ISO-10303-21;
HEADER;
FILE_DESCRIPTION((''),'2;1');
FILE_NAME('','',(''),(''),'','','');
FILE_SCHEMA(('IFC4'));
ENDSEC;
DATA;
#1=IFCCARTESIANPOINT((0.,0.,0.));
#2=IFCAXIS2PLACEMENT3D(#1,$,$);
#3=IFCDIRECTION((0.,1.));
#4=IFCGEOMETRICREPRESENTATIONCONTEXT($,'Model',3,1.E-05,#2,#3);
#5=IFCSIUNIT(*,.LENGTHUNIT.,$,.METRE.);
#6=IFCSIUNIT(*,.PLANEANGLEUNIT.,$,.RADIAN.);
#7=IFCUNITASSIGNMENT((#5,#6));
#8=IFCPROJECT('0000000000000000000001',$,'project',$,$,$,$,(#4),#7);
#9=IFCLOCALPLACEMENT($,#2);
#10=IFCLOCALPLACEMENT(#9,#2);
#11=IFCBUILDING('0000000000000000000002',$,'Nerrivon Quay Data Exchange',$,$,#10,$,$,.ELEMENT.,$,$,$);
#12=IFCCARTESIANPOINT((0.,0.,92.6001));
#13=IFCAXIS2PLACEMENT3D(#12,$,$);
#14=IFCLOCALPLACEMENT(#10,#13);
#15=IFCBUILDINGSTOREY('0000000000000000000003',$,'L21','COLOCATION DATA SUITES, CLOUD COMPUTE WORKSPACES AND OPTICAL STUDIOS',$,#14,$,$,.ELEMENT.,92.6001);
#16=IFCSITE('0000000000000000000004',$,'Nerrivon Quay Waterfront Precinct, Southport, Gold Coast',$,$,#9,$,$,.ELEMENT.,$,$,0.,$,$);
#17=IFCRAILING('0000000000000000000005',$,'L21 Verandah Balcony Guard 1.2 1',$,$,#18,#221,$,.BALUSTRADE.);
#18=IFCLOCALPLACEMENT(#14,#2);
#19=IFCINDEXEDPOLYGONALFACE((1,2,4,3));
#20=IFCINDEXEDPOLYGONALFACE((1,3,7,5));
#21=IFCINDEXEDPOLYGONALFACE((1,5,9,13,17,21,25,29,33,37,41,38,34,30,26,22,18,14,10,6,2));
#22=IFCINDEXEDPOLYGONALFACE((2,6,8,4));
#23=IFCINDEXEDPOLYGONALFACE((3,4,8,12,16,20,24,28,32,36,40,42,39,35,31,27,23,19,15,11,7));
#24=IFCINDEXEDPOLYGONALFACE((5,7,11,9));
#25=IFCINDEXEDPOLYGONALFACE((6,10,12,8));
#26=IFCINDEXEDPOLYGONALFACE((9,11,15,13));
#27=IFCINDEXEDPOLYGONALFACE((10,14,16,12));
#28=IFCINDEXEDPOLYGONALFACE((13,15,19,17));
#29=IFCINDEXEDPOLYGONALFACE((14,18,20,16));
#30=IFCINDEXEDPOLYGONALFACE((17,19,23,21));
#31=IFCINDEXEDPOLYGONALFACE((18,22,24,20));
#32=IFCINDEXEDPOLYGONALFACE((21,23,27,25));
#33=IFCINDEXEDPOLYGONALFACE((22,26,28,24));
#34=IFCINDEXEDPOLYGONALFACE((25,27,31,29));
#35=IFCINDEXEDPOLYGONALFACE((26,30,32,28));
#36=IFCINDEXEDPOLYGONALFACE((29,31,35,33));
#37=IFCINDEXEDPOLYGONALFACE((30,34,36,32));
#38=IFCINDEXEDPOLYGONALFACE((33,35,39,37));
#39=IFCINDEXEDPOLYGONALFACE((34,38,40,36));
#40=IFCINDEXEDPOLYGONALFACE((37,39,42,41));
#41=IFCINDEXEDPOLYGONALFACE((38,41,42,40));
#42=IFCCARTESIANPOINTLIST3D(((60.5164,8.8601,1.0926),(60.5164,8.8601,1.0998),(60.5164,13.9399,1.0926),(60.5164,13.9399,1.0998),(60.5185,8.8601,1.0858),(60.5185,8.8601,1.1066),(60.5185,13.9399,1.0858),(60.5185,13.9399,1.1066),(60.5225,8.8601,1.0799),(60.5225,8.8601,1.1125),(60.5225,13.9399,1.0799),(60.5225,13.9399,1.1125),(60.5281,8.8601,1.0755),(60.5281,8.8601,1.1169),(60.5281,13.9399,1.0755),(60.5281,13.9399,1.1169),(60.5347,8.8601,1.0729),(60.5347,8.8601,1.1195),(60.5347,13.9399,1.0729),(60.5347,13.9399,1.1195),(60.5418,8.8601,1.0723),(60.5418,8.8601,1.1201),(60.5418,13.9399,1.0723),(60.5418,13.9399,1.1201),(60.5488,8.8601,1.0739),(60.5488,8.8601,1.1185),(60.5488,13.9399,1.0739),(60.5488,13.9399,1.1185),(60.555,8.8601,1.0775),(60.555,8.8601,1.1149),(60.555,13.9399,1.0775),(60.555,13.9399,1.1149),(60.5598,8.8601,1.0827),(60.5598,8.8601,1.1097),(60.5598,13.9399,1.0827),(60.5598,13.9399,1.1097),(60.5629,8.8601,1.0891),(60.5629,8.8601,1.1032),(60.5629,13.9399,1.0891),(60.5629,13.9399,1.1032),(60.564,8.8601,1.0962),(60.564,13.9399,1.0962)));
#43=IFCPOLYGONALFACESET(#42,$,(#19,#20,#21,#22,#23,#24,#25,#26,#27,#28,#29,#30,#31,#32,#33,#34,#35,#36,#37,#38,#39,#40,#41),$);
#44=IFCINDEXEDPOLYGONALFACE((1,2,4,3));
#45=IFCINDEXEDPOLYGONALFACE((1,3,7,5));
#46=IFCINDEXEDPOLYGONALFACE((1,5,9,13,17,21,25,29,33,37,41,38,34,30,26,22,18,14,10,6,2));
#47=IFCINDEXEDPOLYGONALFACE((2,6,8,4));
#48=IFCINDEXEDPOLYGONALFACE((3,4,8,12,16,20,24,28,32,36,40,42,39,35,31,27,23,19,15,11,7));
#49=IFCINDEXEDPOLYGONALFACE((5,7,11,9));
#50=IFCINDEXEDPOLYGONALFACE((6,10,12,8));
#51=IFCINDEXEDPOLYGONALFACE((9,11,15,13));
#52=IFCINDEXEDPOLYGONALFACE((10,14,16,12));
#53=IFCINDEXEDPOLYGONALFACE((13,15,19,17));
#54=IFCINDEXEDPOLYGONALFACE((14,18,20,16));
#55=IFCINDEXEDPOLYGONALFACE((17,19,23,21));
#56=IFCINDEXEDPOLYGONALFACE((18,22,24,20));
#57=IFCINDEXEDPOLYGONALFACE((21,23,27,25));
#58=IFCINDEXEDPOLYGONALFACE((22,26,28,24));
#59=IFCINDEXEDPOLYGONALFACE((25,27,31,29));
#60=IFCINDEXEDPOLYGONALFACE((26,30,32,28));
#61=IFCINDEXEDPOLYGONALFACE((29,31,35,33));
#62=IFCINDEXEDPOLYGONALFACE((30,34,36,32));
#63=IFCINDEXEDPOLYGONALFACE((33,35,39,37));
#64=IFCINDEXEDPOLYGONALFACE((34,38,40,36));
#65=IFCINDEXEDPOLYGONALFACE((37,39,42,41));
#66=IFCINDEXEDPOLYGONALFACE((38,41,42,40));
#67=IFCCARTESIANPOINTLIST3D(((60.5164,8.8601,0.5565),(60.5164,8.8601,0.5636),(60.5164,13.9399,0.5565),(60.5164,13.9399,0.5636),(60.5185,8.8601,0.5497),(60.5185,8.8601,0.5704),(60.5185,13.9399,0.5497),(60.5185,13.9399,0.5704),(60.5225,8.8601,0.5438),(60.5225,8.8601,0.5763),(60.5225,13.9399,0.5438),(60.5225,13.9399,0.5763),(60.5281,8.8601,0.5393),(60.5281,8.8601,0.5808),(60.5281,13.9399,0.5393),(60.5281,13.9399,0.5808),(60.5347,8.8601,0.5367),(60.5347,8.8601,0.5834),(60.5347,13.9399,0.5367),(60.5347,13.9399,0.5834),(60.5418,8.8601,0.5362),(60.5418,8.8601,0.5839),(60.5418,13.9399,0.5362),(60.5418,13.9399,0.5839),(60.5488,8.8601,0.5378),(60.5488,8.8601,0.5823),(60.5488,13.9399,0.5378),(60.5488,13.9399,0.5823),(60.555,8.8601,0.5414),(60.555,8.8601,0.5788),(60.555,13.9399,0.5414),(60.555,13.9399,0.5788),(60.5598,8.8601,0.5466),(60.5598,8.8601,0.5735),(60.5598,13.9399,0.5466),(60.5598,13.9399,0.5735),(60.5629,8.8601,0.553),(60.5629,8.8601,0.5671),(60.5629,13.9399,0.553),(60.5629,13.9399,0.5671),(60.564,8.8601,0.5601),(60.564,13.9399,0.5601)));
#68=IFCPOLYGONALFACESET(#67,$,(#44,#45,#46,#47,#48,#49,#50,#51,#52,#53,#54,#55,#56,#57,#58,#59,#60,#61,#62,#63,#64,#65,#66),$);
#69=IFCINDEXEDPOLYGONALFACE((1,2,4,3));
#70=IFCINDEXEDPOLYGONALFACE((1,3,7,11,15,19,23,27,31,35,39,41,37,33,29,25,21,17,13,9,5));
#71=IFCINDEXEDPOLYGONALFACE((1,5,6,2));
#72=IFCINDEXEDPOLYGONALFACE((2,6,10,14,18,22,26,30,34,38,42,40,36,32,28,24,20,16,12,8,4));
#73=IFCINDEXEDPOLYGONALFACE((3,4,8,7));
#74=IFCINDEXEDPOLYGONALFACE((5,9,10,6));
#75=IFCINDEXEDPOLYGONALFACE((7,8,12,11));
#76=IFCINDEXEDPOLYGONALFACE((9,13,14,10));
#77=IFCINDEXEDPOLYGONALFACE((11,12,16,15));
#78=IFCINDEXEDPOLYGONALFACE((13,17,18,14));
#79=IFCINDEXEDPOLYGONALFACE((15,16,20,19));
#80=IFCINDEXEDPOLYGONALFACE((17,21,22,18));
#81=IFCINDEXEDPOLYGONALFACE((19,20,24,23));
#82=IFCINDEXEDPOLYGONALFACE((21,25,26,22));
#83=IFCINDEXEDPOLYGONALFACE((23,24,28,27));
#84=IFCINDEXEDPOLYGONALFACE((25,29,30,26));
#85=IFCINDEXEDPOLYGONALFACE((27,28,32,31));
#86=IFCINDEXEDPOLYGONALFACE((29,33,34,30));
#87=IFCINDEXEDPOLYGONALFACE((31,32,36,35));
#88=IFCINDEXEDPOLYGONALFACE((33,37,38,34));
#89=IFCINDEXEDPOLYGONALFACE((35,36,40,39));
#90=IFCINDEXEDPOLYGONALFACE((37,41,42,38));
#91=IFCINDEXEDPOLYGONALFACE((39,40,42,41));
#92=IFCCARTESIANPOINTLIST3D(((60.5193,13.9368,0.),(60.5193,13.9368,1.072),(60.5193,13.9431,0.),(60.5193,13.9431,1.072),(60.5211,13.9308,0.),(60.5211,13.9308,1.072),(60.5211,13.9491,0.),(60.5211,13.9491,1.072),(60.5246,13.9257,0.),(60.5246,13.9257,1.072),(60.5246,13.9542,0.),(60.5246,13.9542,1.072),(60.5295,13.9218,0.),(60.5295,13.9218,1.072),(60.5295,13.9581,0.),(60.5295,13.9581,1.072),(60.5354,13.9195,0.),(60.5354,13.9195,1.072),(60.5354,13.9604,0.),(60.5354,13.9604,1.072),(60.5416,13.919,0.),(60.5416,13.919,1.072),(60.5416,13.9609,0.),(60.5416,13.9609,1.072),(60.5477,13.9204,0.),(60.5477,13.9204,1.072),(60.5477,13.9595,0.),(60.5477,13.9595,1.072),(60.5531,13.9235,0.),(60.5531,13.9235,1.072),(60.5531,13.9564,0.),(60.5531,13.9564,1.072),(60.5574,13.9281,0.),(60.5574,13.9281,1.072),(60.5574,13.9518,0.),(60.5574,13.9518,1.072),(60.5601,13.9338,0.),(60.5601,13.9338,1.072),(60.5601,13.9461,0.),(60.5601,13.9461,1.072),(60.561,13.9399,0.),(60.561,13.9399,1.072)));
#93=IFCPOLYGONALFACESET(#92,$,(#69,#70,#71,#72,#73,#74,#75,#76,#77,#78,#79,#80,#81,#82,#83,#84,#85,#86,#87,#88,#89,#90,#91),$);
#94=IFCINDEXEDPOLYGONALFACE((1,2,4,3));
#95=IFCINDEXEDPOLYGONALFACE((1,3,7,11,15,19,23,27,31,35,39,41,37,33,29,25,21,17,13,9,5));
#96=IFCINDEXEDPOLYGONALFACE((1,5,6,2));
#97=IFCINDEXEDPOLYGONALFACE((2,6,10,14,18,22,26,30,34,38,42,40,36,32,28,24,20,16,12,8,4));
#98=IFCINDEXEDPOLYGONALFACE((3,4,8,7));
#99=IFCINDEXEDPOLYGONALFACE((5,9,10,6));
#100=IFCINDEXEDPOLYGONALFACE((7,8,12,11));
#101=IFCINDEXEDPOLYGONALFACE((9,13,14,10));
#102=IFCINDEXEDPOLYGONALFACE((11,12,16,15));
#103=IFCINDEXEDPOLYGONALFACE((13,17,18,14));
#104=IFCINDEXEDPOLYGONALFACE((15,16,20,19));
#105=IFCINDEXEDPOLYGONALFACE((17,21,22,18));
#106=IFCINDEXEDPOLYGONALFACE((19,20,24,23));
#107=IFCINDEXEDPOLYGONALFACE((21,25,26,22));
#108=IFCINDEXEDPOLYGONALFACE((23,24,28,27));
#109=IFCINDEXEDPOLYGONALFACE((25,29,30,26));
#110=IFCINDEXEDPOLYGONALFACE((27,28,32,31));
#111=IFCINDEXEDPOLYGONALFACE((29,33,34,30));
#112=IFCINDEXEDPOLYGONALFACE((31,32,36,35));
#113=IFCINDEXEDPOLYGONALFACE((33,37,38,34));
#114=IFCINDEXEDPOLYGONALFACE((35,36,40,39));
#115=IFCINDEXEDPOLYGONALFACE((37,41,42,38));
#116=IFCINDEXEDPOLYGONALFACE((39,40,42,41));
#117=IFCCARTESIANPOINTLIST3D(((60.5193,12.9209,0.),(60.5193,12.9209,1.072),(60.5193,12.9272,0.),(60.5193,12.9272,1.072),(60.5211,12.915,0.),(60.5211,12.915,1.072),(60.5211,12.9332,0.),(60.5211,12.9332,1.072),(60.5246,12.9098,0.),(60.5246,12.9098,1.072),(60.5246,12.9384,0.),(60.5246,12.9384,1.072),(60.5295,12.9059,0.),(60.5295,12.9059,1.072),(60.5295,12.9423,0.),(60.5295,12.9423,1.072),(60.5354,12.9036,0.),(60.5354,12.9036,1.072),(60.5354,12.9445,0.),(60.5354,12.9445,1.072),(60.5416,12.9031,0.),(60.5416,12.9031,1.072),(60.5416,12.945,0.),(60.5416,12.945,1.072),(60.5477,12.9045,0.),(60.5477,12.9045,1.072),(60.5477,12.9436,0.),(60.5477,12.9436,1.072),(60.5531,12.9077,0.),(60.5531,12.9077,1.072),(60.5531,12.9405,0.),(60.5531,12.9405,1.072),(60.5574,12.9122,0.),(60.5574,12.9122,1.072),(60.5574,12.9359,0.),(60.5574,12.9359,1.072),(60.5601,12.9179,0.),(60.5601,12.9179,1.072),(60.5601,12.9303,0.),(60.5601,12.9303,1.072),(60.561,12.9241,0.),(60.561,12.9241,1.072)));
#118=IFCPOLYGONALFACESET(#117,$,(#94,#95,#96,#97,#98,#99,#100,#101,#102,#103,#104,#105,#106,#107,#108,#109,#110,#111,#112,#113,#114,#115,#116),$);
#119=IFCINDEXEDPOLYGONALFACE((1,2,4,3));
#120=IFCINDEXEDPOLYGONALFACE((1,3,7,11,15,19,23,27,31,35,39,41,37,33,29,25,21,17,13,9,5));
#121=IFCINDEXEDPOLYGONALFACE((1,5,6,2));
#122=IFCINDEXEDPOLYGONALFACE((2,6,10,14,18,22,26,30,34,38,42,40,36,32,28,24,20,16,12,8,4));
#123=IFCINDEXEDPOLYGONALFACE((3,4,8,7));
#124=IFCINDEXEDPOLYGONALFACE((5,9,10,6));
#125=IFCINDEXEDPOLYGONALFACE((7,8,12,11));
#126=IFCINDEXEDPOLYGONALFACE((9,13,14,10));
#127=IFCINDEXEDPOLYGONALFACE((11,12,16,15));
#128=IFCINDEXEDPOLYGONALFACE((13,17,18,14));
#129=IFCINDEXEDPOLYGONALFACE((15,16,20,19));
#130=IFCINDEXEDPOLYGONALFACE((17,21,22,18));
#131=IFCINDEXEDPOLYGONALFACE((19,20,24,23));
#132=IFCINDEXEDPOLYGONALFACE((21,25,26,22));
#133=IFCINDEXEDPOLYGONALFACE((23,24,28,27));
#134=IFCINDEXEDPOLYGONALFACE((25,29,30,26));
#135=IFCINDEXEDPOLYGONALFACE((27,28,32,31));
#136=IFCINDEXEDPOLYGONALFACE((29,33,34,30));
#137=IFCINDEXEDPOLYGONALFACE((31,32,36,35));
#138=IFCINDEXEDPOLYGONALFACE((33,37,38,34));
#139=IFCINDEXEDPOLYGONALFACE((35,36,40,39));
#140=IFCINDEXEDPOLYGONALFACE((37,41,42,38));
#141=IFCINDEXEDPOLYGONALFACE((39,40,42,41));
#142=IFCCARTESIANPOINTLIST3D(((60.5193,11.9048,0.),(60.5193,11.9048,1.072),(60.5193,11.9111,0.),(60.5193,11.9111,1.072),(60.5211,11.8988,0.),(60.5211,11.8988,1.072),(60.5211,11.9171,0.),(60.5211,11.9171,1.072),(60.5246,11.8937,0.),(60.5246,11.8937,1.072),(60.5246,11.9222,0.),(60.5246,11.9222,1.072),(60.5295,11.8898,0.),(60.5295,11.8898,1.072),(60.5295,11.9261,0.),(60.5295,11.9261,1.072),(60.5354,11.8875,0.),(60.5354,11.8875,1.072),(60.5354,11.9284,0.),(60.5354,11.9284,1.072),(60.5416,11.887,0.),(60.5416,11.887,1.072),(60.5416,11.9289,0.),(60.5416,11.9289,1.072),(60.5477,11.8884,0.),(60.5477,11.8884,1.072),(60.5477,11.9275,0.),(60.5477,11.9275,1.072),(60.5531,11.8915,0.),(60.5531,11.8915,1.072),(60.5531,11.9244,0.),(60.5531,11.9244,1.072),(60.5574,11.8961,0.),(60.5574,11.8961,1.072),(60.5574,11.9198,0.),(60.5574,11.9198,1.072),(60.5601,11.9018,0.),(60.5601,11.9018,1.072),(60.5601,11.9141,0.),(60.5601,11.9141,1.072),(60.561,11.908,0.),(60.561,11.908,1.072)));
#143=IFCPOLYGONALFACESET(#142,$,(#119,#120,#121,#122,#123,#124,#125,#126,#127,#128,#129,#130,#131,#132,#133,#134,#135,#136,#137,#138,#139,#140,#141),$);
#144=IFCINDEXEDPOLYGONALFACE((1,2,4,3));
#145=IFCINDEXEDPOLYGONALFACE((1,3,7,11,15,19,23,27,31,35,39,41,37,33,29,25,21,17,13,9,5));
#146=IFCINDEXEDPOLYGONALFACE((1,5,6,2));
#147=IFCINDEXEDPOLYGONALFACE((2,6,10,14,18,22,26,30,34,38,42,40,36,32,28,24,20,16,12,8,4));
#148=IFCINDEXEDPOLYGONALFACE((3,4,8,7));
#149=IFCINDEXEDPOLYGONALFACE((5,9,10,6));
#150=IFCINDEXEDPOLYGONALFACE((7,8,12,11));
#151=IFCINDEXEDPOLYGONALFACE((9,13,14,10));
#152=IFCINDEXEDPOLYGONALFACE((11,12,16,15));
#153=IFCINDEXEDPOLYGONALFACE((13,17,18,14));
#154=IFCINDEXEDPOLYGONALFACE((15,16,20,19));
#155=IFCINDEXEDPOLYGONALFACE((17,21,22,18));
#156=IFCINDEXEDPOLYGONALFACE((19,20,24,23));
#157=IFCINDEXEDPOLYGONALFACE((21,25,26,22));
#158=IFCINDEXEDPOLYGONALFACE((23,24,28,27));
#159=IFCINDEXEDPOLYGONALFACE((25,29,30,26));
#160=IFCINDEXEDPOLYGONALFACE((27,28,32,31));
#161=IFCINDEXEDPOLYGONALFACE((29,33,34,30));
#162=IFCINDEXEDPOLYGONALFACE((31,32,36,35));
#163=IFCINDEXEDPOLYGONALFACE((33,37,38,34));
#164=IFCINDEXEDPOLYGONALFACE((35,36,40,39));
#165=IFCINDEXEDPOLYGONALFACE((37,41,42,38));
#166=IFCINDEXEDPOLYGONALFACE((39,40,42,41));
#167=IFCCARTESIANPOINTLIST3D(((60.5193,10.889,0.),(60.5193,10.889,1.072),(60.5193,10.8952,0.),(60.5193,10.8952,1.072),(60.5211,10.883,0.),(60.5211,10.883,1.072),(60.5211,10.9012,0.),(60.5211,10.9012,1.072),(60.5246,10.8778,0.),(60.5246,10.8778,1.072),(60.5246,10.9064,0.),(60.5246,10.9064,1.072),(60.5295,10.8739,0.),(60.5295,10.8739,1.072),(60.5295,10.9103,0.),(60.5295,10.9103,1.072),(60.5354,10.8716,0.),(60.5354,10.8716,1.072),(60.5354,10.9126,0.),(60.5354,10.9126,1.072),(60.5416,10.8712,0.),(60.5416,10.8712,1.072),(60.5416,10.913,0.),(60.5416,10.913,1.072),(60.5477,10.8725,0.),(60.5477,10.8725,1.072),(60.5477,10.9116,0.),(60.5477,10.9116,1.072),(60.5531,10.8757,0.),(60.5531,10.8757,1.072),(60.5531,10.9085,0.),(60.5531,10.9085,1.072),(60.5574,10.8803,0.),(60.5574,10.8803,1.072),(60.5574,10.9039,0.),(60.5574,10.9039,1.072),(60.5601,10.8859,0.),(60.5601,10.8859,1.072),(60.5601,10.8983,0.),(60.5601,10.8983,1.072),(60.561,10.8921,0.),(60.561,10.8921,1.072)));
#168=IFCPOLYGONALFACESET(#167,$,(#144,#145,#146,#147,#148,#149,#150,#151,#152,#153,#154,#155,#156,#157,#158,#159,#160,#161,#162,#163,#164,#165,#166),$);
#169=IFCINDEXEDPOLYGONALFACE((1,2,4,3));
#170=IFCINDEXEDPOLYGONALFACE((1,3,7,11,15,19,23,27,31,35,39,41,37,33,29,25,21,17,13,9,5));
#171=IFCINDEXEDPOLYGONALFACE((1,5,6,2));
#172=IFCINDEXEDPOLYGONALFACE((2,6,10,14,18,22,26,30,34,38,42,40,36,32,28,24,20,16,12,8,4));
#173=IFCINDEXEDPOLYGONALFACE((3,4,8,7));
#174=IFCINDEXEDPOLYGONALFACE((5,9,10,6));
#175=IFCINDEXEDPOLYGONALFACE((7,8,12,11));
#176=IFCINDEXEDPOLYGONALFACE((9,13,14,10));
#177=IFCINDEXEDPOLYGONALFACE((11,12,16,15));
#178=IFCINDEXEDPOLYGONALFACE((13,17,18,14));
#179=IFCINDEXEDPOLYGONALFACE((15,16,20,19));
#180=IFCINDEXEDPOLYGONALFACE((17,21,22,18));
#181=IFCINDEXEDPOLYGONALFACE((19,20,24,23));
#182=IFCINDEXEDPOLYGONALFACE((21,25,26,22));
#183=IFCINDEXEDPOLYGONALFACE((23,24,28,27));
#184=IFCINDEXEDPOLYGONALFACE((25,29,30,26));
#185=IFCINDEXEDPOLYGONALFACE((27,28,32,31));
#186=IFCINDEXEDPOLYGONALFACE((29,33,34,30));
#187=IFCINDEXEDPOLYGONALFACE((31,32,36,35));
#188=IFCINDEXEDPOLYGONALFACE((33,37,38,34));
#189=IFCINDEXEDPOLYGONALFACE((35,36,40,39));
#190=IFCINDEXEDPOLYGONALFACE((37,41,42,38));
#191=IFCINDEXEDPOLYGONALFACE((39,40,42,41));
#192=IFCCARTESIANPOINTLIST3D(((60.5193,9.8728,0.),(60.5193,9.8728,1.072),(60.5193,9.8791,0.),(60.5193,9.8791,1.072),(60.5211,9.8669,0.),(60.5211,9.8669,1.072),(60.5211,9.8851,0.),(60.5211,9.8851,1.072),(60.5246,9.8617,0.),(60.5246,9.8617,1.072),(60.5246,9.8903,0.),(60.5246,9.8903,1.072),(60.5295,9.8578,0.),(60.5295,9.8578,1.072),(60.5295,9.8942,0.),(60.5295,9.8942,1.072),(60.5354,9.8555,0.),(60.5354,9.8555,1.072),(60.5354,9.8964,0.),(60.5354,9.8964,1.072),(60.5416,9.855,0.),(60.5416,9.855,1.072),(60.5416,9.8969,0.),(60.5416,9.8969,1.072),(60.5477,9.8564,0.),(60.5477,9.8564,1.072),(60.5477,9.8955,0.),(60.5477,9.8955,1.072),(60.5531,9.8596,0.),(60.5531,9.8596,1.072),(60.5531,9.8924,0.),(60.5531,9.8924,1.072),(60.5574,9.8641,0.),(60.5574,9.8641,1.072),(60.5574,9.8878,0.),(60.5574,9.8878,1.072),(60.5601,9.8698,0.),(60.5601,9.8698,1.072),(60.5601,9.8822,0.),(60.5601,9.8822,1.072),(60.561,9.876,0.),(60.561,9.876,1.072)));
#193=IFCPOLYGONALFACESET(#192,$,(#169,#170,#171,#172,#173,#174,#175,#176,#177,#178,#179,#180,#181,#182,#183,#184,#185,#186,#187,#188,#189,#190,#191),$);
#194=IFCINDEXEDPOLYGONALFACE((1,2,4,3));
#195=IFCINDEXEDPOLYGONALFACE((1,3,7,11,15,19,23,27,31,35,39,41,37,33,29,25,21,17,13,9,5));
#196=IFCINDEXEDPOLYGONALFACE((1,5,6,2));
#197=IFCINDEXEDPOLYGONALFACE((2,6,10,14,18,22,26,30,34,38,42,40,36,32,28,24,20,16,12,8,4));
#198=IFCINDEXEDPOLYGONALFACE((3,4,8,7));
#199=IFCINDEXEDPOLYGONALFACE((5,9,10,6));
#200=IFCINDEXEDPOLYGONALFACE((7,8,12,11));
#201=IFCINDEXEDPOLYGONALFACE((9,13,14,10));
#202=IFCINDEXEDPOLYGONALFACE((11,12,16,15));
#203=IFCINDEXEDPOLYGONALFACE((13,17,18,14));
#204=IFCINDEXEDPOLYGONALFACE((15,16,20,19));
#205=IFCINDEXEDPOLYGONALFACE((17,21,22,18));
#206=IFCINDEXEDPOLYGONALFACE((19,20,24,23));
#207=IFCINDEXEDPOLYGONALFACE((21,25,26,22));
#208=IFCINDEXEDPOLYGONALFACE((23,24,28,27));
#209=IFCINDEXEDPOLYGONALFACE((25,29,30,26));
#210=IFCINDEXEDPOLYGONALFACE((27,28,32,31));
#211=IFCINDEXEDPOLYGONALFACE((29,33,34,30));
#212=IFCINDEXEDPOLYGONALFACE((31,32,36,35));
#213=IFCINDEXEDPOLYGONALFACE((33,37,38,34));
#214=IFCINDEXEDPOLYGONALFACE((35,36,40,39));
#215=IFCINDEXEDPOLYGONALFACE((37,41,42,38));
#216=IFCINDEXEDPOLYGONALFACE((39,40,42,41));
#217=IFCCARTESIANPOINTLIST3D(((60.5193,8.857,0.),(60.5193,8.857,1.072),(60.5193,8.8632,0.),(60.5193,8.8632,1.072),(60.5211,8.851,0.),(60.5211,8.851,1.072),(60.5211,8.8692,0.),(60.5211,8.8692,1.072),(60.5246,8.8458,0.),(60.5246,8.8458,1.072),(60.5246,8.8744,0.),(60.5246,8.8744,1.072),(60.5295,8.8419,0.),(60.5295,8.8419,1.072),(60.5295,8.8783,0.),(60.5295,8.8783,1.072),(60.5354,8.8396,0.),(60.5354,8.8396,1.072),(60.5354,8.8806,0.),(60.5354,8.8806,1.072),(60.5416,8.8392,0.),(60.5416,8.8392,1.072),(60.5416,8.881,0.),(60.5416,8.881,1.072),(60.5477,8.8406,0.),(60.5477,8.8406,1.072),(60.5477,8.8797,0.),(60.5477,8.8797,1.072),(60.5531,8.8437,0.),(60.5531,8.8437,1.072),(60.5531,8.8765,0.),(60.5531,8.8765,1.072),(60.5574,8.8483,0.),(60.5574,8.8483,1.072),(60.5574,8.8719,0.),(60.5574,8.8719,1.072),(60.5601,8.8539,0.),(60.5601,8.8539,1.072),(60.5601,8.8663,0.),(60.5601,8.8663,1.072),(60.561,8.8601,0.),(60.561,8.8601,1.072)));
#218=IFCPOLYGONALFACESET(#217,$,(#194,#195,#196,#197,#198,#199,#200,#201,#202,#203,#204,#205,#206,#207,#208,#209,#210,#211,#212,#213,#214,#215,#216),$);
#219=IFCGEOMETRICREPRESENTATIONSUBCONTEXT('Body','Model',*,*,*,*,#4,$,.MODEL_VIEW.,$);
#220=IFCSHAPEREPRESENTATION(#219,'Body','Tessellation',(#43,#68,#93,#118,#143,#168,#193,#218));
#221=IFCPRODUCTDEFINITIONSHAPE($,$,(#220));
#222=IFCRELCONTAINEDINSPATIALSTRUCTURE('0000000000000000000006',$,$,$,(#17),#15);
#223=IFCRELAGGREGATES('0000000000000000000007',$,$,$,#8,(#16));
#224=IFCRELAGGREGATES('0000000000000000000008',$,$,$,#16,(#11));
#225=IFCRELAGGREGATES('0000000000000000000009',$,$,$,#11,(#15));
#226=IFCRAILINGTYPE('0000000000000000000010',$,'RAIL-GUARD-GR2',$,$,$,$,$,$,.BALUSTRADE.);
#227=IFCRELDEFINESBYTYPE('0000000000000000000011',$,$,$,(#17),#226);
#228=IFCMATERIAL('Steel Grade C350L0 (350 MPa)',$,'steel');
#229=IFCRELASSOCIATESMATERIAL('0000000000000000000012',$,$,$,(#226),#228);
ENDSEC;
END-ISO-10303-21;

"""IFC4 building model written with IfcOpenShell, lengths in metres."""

from ifc_helpers import new_model, si_unit, direction, frame, origin, origin_2d, place, context, subcontext, project, spatial, circle, extrude, material, type_object, element, save


model = new_model("IFC4")

# Units and contexts
model_context = context("Model", 3, precision=1e-05, world=origin(), true_north=direction((0.0, 1.0)))
body_context = subcontext(model_context, "Body", "Model", "MODEL_VIEW")
ifc_project = project(units=[si_unit("LENGTHUNIT", "METRE"), si_unit("PLANEANGLEUNIT", "RADIAN")], contexts=[model_context])

# Site, building, storey
site_placement = place(None, origin())
site = spatial("IfcSite", under=ifc_project, at=site_placement, Name="Nerrivon Quay Waterfront Precinct, Southport, Gold Coast", CompositionType="ELEMENT", RefElevation=0.0)
building_placement = place(site_placement, origin())
building = spatial("IfcBuilding", under=site, at=building_placement, Name="Nerrivon Quay Data Exchange", CompositionType="ELEMENT")
storey_placement = place(building_placement, frame((0.0, 0.0, 92.6001)))
storey = spatial("IfcBuildingStorey", under=building, at=storey_placement, Name="L21", Description="COLOCATION DATA SUITES, CLOUD COMPUTE WORKSPACES AND OPTICAL STUDIOS", CompositionType="ELEMENT", Elevation=92.6001)

# Railing
ifc_material_1 = material(Name="Steel Grade C350L0 (350 MPa)", Category="steel")
railing_type = type_object("IfcRailingType", Name="RAIL-GUARD-GR2", PredefinedType="BALUSTRADE", material=ifc_material_1)
railing_1_placement = place(storey_placement, frame((60.54, 13.9399, 0.0)))
element("IfcRailing", 1, at=railing_1_placement, inside=storey, type_object=railing_type, Name="L21 Verandah Balcony Guard 1.2 1", PredefinedType="BALUSTRADE", context=body_context, shape_type="SweptSolid", body=[
    extrude(circle(Radius=0.0239, at=origin_2d()), frame((0.0, 0.0, 1.0962), z_axis=(0.0, -1.0, 0.0), x_axis=(1.0, 0.0, 0.0)), (0.0, 0.0, 1.0), 5.0798),
    extrude(circle(Radius=0.0239, at=origin_2d()), frame((0.0, 0.0, 0.5601), z_axis=(0.0, -1.0, 0.0), x_axis=(1.0, 0.0, 0.0)), (0.0, 0.0, 1.0), 5.0798),
    extrude(circle(Radius=0.021, at=origin_2d()), origin(), (0.0, 0.0, 1.0), 1.072),
    extrude(circle(Radius=0.021, at=origin_2d()), frame((0.0, -1.0159, 0.0)), (0.0, 0.0, 1.0), 1.072),
    extrude(circle(Radius=0.021, at=origin_2d()), frame((0.0, -2.032, 0.0)), (0.0, 0.0, 1.0), 1.072),
    extrude(circle(Radius=0.021, at=origin_2d()), frame((0.0, -3.0479, 0.0)), (0.0, 0.0, 1.0), 1.072),
    extrude(circle(Radius=0.021, at=origin_2d()), frame((0.0, -4.064, 0.0)), (0.0, 0.0, 1.0), 1.072),
    extrude(circle(Radius=0.021, at=origin_2d()), frame((0.0, -5.0798, 0.0)), (0.0, 0.0, 1.0), 1.072),
])

save(model, "model.ifc")
